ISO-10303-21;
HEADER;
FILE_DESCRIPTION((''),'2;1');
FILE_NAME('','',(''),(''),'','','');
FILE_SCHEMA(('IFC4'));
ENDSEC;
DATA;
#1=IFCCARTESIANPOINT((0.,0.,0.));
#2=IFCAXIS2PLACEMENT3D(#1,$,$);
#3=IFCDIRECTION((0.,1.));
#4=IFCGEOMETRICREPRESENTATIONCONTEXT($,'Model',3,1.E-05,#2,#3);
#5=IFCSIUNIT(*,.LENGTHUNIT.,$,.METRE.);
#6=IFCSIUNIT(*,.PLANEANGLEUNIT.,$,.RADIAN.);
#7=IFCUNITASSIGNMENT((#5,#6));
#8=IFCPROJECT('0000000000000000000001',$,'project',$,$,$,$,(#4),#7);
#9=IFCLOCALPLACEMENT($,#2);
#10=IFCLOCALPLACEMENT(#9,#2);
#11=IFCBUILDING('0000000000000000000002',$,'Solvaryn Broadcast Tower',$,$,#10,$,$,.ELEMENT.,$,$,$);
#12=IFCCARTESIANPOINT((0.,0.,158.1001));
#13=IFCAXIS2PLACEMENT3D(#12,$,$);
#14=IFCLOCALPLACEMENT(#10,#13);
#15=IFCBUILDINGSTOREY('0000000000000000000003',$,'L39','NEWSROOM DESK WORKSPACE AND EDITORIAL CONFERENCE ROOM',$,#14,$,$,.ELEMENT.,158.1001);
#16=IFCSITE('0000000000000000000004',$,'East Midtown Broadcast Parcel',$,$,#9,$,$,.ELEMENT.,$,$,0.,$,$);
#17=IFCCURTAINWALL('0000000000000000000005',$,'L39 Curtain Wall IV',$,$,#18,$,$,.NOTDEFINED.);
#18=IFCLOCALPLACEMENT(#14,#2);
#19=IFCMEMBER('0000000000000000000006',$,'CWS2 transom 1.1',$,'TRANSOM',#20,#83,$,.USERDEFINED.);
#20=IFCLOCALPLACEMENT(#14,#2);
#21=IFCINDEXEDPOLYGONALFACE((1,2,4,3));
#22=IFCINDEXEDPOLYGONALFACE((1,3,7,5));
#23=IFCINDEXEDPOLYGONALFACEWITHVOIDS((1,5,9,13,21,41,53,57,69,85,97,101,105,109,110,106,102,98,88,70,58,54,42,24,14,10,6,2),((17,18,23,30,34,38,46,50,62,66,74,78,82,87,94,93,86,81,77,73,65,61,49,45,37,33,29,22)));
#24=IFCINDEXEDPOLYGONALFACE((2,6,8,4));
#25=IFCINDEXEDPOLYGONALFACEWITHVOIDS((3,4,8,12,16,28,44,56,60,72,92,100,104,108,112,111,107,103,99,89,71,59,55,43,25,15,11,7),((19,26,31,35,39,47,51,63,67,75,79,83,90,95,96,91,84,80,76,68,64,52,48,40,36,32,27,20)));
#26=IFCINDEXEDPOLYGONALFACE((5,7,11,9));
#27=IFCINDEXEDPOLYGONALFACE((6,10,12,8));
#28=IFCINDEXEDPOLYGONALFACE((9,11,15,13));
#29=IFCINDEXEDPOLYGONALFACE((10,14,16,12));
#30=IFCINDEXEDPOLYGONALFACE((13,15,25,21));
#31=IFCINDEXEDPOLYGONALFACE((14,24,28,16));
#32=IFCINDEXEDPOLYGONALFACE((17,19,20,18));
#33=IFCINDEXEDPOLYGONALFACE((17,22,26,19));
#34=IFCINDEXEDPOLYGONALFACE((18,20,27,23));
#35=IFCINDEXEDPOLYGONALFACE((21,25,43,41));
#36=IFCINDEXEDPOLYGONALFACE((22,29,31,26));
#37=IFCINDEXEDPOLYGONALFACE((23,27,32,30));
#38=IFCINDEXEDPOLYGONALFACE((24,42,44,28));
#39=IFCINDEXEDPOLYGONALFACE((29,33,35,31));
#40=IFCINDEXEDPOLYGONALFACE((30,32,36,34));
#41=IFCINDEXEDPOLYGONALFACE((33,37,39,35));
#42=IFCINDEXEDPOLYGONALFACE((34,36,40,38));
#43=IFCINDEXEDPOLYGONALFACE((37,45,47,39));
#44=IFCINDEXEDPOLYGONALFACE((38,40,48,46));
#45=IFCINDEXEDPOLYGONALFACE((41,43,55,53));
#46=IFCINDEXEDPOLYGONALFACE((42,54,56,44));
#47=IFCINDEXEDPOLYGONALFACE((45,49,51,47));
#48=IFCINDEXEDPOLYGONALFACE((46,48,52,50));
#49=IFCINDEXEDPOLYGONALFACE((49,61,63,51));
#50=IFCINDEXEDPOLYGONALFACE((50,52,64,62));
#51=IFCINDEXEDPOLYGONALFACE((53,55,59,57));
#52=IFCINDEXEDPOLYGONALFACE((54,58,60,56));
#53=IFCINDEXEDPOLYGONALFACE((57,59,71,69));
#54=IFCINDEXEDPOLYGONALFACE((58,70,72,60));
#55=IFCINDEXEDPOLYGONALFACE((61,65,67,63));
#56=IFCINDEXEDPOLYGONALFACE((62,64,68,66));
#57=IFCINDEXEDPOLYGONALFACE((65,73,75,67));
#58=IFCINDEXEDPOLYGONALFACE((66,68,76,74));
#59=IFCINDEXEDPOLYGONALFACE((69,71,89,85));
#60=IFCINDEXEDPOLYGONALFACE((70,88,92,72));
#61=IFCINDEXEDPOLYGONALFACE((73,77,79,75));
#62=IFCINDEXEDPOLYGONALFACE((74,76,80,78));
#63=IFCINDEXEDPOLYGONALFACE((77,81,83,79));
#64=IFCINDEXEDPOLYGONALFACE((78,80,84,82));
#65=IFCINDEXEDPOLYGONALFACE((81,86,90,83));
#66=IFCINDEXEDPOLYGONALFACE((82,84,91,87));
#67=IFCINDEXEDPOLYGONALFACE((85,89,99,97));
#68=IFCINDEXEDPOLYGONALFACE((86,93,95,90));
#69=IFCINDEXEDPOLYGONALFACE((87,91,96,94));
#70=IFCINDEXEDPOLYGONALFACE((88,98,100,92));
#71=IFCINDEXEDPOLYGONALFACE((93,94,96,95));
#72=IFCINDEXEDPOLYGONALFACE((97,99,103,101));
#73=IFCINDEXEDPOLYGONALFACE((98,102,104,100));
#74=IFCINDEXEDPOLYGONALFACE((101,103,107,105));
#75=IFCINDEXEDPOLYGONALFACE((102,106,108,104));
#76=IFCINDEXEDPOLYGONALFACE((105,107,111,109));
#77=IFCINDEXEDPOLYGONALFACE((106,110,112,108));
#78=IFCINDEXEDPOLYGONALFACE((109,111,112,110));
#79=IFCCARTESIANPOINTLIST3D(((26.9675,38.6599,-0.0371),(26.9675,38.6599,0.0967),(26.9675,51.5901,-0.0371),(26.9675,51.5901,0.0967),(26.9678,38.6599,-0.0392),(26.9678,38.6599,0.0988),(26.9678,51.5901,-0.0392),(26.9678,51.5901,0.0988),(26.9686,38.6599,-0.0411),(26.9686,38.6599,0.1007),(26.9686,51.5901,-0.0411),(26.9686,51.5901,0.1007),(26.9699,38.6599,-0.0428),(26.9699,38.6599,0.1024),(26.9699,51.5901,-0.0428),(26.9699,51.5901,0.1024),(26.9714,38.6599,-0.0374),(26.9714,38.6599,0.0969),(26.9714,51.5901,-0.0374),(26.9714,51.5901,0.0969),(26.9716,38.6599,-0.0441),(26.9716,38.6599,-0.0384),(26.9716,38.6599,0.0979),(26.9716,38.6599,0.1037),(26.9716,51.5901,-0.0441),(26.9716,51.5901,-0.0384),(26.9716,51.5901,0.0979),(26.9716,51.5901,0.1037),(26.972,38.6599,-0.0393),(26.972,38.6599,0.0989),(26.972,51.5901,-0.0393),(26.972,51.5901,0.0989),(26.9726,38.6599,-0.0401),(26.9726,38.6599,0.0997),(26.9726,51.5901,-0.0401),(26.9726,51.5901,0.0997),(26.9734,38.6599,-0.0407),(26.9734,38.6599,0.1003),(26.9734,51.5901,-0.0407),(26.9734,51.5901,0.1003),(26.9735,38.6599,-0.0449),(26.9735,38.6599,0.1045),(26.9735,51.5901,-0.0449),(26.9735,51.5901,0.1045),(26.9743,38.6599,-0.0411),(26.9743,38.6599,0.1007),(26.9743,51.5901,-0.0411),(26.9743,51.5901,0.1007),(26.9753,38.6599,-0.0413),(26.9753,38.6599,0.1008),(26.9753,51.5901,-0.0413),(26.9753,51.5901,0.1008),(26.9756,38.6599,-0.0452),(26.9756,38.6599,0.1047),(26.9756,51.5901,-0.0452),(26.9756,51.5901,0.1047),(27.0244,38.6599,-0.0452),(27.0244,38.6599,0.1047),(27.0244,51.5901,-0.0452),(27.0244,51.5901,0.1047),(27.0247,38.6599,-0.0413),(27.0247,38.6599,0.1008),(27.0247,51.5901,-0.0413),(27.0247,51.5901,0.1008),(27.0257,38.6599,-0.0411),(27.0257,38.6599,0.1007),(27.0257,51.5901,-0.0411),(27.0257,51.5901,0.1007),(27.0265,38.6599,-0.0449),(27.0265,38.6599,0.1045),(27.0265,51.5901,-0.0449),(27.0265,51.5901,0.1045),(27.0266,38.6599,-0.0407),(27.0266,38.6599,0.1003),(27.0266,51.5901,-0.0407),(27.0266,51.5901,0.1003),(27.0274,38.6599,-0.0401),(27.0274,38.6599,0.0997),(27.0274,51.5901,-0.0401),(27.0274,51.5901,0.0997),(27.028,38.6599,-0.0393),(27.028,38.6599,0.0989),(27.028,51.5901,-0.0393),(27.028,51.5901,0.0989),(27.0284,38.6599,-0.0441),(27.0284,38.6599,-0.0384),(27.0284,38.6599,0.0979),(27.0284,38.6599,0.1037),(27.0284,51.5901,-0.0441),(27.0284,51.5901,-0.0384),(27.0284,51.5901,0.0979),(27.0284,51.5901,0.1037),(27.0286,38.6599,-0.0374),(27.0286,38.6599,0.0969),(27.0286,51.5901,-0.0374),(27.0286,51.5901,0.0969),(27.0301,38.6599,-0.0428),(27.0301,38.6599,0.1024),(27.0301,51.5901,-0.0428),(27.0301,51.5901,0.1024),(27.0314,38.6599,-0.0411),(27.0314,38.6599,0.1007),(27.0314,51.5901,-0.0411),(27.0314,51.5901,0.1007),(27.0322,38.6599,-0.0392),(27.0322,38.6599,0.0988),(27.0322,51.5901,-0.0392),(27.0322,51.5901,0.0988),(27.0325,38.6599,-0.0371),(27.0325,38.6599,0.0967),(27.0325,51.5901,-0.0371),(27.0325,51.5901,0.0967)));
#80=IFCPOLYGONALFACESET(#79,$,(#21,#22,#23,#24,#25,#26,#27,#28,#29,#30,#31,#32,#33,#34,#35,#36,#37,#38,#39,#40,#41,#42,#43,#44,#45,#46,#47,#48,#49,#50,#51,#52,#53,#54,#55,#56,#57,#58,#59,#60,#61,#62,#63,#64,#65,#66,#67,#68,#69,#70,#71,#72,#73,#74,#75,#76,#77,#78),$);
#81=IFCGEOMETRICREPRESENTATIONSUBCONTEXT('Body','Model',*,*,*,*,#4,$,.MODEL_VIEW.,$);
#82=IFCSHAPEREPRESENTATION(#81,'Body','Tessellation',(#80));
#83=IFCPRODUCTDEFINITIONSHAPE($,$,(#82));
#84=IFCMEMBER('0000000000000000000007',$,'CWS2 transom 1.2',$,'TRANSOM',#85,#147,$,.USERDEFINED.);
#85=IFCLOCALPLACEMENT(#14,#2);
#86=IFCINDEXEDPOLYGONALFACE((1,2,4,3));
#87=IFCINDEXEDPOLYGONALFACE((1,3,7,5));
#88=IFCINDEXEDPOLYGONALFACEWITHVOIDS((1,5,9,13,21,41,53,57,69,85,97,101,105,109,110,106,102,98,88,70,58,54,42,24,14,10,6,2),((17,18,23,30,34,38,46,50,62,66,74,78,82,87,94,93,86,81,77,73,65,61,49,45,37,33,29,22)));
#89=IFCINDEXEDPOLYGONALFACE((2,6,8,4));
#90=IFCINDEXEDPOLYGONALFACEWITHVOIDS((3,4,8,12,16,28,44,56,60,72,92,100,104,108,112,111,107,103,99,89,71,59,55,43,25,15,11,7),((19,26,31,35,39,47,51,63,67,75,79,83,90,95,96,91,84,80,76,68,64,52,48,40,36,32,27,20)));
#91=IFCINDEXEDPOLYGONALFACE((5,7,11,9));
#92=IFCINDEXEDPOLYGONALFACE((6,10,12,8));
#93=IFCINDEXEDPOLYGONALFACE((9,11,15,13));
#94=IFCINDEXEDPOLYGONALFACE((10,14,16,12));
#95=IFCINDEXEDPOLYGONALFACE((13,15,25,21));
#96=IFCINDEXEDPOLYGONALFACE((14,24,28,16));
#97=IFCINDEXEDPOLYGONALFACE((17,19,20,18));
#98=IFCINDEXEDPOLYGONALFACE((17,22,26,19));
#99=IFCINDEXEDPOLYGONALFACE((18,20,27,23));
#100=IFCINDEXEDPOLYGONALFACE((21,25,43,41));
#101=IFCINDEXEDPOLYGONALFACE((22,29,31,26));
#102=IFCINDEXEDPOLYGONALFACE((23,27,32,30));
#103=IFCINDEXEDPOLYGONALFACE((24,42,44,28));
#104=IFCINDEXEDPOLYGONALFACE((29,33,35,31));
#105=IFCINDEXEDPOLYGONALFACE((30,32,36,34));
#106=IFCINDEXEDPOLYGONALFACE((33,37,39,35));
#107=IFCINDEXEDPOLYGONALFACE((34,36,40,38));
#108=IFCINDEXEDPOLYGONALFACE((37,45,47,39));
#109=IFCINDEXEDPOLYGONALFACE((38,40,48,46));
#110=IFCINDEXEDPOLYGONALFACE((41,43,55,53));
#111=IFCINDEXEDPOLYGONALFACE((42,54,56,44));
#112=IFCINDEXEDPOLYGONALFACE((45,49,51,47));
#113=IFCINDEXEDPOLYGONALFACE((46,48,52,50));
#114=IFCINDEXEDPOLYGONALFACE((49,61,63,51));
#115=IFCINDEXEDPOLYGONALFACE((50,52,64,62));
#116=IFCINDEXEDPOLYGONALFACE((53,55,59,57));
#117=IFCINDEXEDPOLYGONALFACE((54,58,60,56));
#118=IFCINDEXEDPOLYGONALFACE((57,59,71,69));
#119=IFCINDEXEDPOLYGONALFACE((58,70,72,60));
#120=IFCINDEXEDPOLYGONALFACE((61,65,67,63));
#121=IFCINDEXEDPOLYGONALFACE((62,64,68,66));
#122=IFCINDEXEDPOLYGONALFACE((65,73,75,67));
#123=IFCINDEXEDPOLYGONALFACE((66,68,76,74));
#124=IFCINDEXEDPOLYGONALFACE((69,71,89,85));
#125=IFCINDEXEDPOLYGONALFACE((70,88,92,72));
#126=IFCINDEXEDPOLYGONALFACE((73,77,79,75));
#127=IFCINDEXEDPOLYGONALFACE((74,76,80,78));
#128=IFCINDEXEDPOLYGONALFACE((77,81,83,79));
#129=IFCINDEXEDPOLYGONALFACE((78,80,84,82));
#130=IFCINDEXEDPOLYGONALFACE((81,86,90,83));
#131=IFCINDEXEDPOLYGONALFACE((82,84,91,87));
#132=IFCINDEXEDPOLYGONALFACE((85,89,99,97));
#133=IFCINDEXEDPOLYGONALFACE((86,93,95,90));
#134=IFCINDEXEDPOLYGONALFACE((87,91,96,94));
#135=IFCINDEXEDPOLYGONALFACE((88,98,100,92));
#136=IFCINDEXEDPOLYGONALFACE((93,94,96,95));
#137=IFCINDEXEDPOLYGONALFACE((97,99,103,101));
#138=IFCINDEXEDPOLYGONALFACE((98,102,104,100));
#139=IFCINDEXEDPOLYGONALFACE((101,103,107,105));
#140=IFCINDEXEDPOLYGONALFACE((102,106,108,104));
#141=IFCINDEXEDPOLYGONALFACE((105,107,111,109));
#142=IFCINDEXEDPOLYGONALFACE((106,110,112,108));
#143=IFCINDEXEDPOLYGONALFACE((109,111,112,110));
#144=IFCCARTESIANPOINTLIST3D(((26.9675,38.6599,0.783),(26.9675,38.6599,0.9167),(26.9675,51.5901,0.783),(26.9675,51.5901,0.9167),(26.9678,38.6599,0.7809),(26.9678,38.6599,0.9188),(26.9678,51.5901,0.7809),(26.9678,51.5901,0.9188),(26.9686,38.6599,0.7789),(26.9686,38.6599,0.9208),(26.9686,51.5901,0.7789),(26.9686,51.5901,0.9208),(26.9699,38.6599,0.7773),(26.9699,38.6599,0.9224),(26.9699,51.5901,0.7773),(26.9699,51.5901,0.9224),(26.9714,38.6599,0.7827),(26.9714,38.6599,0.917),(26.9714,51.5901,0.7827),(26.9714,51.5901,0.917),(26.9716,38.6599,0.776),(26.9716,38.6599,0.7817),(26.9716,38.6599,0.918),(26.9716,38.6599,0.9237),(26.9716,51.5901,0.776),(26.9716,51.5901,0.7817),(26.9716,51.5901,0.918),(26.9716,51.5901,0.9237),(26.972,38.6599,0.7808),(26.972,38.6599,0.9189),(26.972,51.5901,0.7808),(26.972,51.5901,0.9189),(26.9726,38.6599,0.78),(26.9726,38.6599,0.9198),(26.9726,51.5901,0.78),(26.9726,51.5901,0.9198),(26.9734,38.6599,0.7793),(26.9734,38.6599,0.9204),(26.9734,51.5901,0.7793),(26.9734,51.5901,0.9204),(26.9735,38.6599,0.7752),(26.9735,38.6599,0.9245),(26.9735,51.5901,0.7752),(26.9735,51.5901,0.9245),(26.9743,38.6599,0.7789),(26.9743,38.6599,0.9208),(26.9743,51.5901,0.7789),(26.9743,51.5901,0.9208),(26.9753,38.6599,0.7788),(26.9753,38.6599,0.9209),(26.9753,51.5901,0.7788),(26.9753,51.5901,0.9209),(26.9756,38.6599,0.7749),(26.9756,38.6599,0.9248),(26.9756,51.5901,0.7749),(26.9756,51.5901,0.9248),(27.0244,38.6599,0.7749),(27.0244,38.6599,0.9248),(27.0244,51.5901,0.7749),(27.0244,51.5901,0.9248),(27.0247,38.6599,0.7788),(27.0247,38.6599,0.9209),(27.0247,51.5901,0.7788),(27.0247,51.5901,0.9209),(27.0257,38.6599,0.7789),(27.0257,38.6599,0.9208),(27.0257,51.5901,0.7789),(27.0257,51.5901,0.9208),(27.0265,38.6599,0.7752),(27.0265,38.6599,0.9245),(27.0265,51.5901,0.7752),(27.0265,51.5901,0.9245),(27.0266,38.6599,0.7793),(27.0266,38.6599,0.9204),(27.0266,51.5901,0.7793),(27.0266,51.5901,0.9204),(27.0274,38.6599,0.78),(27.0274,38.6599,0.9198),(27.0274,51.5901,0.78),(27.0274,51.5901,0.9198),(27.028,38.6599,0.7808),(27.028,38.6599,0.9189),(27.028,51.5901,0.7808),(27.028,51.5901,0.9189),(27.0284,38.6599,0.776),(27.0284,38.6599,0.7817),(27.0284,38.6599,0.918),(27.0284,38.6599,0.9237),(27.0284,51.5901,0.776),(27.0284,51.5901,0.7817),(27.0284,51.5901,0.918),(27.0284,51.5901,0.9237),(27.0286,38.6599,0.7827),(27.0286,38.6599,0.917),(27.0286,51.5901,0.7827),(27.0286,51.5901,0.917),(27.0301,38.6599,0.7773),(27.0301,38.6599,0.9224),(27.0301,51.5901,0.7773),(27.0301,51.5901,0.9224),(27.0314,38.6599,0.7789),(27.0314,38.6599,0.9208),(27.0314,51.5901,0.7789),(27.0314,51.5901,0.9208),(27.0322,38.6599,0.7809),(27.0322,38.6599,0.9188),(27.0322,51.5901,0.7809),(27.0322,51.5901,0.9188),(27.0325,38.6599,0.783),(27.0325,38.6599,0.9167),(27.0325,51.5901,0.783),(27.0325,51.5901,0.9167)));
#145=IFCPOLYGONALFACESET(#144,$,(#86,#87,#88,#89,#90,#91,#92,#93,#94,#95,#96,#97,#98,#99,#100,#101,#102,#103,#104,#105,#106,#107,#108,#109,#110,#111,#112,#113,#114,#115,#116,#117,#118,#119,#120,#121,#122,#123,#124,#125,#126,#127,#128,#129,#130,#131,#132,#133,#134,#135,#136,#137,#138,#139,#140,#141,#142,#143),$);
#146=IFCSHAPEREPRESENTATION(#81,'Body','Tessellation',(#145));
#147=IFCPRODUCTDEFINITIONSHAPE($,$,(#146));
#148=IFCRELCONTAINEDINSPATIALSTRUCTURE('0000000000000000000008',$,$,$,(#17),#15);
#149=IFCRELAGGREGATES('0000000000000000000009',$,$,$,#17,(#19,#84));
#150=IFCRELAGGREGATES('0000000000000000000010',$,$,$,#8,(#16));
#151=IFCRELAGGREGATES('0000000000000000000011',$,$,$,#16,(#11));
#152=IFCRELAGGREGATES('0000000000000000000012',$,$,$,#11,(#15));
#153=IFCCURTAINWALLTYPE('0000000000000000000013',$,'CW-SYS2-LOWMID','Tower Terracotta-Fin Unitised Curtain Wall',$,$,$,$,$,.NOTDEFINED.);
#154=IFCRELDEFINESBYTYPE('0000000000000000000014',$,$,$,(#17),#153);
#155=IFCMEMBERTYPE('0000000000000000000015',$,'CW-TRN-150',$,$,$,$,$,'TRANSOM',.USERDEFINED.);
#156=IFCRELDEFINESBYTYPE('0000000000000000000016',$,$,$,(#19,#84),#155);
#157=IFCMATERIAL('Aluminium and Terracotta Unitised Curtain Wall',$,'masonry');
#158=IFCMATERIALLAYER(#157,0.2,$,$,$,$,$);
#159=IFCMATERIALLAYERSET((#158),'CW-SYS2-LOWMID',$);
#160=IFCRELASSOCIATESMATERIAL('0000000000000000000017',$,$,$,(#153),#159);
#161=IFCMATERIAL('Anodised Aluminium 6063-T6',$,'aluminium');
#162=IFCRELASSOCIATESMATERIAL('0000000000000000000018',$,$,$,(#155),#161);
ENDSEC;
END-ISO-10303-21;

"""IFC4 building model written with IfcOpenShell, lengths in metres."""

from ifc_helpers import new_model, si_unit, direction, frame, origin, origin_2d, place, context, subcontext, project, spatial, hollow_rectangle, extrude, material, layer, layer_set, material_profile, profile_set, type_object, element, aggregate, save


model = new_model("IFC4")

# Units and contexts
model_context = context("Model", 3, precision=1e-05, world=origin(), true_north=direction((0.0, 1.0)))
body_context = subcontext(model_context, "Body", "Model", "MODEL_VIEW")
ifc_project = project(units=[si_unit("LENGTHUNIT", "METRE"), si_unit("PLANEANGLEUNIT", "RADIAN")], contexts=[model_context])

# Site, building, storey
site_placement = place(None, origin())
site = spatial("IfcSite", under=ifc_project, at=site_placement, Name="East Midtown Broadcast Parcel", CompositionType="ELEMENT", RefElevation=0.0)
building_placement = place(site_placement, origin())
building = spatial("IfcBuilding", under=site, at=building_placement, Name="Solvaryn Broadcast Tower", CompositionType="ELEMENT")
storey_placement = place(building_placement, frame((0.0, 0.0, 158.1001)))
storey = spatial("IfcBuildingStorey", under=building, at=storey_placement, Name="L39", Description="NEWSROOM DESK WORKSPACE AND EDITORIAL CONFERENCE ROOM", CompositionType="ELEMENT", Elevation=158.1001)

# Curtain wall
ifc_material_1 = material(Name="Aluminium and Terracotta Unitised Curtain Wall", Category="masonry")
ifc_layer_1 = layer(ifc_material_1, 0.2)
ifc_layer_set_1 = layer_set([ifc_layer_1], Name="CW-SYS2-LOWMID")
curtain_wall_type = type_object("IfcCurtainWallType", Name="CW-SYS2-LOWMID", Description="Tower Terracotta-Fin Unitised Curtain Wall", PredefinedType="NOTDEFINED", material=ifc_layer_set_1)
curtain_wall_1_placement = place(storey_placement, origin())
curtain_wall_1 = element("IfcCurtainWall", 1, at=curtain_wall_1_placement, inside=storey, type_object=curtain_wall_type, Name="L39 Curtain Wall IV", PredefinedType="NOTDEFINED")

# Members
ifc_material_2 = material(Name="Anodised Aluminium 6063-T6", Category="aluminium")
ifc_material_profile_1 = material_profile(ifc_material_2, hollow_rectangle(XDim=0.0649, YDim=0.1499, WallThickness=0.0039, InnerFilletRadius=0.0039, OuterFilletRadius=0.0081, at=origin_2d()))
ifc_profile_set_1 = profile_set([ifc_material_profile_1], Name="Anodised Aluminium 6063-T6")
member_type_1 = type_object("IfcMemberType", Name="CW-TRN-150", ElementType="TRANSOM", PredefinedType="USERDEFINED", material=ifc_profile_set_1)
member_1_placement = place(storey_placement, frame((27.0, 51.5901, 0.0298), z_axis=(0.0, -1.0, 0.0), x_axis=(1.0, 0.0, 0.0)))
member_1 = element("IfcMember", 2, at=member_1_placement, type_object=member_type_1, Name="CWS2 transom 1.1", ObjectType="TRANSOM", PredefinedType="USERDEFINED", context=body_context, shape_type="SweptSolid", body=[
    extrude(hollow_rectangle(XDim=0.0649, YDim=0.1499, WallThickness=0.0039, InnerFilletRadius=0.0039, OuterFilletRadius=0.0081, at=origin_2d()), origin(), (0.0, 0.0, 1.0), 12.9302),
])
member_2_placement = place(storey_placement, frame((27.0, 51.5901, 0.8499), z_axis=(0.0, -1.0, 0.0), x_axis=(1.0, 0.0, 0.0)))
member_2 = element("IfcMember", 3, at=member_2_placement, type_object=member_type_1, Name="CWS2 transom 1.2", ObjectType="TRANSOM", PredefinedType="USERDEFINED", context=body_context, shape_type="SweptSolid", body=[
    extrude(hollow_rectangle(XDim=0.0649, YDim=0.1499, WallThickness=0.0039, InnerFilletRadius=0.0039, OuterFilletRadius=0.0081, at=origin_2d()), origin(), (0.0, 0.0, 1.0), 12.9302),
])

aggregate(curtain_wall_1, [member_1, member_2])

save(model, "model.ifc")
